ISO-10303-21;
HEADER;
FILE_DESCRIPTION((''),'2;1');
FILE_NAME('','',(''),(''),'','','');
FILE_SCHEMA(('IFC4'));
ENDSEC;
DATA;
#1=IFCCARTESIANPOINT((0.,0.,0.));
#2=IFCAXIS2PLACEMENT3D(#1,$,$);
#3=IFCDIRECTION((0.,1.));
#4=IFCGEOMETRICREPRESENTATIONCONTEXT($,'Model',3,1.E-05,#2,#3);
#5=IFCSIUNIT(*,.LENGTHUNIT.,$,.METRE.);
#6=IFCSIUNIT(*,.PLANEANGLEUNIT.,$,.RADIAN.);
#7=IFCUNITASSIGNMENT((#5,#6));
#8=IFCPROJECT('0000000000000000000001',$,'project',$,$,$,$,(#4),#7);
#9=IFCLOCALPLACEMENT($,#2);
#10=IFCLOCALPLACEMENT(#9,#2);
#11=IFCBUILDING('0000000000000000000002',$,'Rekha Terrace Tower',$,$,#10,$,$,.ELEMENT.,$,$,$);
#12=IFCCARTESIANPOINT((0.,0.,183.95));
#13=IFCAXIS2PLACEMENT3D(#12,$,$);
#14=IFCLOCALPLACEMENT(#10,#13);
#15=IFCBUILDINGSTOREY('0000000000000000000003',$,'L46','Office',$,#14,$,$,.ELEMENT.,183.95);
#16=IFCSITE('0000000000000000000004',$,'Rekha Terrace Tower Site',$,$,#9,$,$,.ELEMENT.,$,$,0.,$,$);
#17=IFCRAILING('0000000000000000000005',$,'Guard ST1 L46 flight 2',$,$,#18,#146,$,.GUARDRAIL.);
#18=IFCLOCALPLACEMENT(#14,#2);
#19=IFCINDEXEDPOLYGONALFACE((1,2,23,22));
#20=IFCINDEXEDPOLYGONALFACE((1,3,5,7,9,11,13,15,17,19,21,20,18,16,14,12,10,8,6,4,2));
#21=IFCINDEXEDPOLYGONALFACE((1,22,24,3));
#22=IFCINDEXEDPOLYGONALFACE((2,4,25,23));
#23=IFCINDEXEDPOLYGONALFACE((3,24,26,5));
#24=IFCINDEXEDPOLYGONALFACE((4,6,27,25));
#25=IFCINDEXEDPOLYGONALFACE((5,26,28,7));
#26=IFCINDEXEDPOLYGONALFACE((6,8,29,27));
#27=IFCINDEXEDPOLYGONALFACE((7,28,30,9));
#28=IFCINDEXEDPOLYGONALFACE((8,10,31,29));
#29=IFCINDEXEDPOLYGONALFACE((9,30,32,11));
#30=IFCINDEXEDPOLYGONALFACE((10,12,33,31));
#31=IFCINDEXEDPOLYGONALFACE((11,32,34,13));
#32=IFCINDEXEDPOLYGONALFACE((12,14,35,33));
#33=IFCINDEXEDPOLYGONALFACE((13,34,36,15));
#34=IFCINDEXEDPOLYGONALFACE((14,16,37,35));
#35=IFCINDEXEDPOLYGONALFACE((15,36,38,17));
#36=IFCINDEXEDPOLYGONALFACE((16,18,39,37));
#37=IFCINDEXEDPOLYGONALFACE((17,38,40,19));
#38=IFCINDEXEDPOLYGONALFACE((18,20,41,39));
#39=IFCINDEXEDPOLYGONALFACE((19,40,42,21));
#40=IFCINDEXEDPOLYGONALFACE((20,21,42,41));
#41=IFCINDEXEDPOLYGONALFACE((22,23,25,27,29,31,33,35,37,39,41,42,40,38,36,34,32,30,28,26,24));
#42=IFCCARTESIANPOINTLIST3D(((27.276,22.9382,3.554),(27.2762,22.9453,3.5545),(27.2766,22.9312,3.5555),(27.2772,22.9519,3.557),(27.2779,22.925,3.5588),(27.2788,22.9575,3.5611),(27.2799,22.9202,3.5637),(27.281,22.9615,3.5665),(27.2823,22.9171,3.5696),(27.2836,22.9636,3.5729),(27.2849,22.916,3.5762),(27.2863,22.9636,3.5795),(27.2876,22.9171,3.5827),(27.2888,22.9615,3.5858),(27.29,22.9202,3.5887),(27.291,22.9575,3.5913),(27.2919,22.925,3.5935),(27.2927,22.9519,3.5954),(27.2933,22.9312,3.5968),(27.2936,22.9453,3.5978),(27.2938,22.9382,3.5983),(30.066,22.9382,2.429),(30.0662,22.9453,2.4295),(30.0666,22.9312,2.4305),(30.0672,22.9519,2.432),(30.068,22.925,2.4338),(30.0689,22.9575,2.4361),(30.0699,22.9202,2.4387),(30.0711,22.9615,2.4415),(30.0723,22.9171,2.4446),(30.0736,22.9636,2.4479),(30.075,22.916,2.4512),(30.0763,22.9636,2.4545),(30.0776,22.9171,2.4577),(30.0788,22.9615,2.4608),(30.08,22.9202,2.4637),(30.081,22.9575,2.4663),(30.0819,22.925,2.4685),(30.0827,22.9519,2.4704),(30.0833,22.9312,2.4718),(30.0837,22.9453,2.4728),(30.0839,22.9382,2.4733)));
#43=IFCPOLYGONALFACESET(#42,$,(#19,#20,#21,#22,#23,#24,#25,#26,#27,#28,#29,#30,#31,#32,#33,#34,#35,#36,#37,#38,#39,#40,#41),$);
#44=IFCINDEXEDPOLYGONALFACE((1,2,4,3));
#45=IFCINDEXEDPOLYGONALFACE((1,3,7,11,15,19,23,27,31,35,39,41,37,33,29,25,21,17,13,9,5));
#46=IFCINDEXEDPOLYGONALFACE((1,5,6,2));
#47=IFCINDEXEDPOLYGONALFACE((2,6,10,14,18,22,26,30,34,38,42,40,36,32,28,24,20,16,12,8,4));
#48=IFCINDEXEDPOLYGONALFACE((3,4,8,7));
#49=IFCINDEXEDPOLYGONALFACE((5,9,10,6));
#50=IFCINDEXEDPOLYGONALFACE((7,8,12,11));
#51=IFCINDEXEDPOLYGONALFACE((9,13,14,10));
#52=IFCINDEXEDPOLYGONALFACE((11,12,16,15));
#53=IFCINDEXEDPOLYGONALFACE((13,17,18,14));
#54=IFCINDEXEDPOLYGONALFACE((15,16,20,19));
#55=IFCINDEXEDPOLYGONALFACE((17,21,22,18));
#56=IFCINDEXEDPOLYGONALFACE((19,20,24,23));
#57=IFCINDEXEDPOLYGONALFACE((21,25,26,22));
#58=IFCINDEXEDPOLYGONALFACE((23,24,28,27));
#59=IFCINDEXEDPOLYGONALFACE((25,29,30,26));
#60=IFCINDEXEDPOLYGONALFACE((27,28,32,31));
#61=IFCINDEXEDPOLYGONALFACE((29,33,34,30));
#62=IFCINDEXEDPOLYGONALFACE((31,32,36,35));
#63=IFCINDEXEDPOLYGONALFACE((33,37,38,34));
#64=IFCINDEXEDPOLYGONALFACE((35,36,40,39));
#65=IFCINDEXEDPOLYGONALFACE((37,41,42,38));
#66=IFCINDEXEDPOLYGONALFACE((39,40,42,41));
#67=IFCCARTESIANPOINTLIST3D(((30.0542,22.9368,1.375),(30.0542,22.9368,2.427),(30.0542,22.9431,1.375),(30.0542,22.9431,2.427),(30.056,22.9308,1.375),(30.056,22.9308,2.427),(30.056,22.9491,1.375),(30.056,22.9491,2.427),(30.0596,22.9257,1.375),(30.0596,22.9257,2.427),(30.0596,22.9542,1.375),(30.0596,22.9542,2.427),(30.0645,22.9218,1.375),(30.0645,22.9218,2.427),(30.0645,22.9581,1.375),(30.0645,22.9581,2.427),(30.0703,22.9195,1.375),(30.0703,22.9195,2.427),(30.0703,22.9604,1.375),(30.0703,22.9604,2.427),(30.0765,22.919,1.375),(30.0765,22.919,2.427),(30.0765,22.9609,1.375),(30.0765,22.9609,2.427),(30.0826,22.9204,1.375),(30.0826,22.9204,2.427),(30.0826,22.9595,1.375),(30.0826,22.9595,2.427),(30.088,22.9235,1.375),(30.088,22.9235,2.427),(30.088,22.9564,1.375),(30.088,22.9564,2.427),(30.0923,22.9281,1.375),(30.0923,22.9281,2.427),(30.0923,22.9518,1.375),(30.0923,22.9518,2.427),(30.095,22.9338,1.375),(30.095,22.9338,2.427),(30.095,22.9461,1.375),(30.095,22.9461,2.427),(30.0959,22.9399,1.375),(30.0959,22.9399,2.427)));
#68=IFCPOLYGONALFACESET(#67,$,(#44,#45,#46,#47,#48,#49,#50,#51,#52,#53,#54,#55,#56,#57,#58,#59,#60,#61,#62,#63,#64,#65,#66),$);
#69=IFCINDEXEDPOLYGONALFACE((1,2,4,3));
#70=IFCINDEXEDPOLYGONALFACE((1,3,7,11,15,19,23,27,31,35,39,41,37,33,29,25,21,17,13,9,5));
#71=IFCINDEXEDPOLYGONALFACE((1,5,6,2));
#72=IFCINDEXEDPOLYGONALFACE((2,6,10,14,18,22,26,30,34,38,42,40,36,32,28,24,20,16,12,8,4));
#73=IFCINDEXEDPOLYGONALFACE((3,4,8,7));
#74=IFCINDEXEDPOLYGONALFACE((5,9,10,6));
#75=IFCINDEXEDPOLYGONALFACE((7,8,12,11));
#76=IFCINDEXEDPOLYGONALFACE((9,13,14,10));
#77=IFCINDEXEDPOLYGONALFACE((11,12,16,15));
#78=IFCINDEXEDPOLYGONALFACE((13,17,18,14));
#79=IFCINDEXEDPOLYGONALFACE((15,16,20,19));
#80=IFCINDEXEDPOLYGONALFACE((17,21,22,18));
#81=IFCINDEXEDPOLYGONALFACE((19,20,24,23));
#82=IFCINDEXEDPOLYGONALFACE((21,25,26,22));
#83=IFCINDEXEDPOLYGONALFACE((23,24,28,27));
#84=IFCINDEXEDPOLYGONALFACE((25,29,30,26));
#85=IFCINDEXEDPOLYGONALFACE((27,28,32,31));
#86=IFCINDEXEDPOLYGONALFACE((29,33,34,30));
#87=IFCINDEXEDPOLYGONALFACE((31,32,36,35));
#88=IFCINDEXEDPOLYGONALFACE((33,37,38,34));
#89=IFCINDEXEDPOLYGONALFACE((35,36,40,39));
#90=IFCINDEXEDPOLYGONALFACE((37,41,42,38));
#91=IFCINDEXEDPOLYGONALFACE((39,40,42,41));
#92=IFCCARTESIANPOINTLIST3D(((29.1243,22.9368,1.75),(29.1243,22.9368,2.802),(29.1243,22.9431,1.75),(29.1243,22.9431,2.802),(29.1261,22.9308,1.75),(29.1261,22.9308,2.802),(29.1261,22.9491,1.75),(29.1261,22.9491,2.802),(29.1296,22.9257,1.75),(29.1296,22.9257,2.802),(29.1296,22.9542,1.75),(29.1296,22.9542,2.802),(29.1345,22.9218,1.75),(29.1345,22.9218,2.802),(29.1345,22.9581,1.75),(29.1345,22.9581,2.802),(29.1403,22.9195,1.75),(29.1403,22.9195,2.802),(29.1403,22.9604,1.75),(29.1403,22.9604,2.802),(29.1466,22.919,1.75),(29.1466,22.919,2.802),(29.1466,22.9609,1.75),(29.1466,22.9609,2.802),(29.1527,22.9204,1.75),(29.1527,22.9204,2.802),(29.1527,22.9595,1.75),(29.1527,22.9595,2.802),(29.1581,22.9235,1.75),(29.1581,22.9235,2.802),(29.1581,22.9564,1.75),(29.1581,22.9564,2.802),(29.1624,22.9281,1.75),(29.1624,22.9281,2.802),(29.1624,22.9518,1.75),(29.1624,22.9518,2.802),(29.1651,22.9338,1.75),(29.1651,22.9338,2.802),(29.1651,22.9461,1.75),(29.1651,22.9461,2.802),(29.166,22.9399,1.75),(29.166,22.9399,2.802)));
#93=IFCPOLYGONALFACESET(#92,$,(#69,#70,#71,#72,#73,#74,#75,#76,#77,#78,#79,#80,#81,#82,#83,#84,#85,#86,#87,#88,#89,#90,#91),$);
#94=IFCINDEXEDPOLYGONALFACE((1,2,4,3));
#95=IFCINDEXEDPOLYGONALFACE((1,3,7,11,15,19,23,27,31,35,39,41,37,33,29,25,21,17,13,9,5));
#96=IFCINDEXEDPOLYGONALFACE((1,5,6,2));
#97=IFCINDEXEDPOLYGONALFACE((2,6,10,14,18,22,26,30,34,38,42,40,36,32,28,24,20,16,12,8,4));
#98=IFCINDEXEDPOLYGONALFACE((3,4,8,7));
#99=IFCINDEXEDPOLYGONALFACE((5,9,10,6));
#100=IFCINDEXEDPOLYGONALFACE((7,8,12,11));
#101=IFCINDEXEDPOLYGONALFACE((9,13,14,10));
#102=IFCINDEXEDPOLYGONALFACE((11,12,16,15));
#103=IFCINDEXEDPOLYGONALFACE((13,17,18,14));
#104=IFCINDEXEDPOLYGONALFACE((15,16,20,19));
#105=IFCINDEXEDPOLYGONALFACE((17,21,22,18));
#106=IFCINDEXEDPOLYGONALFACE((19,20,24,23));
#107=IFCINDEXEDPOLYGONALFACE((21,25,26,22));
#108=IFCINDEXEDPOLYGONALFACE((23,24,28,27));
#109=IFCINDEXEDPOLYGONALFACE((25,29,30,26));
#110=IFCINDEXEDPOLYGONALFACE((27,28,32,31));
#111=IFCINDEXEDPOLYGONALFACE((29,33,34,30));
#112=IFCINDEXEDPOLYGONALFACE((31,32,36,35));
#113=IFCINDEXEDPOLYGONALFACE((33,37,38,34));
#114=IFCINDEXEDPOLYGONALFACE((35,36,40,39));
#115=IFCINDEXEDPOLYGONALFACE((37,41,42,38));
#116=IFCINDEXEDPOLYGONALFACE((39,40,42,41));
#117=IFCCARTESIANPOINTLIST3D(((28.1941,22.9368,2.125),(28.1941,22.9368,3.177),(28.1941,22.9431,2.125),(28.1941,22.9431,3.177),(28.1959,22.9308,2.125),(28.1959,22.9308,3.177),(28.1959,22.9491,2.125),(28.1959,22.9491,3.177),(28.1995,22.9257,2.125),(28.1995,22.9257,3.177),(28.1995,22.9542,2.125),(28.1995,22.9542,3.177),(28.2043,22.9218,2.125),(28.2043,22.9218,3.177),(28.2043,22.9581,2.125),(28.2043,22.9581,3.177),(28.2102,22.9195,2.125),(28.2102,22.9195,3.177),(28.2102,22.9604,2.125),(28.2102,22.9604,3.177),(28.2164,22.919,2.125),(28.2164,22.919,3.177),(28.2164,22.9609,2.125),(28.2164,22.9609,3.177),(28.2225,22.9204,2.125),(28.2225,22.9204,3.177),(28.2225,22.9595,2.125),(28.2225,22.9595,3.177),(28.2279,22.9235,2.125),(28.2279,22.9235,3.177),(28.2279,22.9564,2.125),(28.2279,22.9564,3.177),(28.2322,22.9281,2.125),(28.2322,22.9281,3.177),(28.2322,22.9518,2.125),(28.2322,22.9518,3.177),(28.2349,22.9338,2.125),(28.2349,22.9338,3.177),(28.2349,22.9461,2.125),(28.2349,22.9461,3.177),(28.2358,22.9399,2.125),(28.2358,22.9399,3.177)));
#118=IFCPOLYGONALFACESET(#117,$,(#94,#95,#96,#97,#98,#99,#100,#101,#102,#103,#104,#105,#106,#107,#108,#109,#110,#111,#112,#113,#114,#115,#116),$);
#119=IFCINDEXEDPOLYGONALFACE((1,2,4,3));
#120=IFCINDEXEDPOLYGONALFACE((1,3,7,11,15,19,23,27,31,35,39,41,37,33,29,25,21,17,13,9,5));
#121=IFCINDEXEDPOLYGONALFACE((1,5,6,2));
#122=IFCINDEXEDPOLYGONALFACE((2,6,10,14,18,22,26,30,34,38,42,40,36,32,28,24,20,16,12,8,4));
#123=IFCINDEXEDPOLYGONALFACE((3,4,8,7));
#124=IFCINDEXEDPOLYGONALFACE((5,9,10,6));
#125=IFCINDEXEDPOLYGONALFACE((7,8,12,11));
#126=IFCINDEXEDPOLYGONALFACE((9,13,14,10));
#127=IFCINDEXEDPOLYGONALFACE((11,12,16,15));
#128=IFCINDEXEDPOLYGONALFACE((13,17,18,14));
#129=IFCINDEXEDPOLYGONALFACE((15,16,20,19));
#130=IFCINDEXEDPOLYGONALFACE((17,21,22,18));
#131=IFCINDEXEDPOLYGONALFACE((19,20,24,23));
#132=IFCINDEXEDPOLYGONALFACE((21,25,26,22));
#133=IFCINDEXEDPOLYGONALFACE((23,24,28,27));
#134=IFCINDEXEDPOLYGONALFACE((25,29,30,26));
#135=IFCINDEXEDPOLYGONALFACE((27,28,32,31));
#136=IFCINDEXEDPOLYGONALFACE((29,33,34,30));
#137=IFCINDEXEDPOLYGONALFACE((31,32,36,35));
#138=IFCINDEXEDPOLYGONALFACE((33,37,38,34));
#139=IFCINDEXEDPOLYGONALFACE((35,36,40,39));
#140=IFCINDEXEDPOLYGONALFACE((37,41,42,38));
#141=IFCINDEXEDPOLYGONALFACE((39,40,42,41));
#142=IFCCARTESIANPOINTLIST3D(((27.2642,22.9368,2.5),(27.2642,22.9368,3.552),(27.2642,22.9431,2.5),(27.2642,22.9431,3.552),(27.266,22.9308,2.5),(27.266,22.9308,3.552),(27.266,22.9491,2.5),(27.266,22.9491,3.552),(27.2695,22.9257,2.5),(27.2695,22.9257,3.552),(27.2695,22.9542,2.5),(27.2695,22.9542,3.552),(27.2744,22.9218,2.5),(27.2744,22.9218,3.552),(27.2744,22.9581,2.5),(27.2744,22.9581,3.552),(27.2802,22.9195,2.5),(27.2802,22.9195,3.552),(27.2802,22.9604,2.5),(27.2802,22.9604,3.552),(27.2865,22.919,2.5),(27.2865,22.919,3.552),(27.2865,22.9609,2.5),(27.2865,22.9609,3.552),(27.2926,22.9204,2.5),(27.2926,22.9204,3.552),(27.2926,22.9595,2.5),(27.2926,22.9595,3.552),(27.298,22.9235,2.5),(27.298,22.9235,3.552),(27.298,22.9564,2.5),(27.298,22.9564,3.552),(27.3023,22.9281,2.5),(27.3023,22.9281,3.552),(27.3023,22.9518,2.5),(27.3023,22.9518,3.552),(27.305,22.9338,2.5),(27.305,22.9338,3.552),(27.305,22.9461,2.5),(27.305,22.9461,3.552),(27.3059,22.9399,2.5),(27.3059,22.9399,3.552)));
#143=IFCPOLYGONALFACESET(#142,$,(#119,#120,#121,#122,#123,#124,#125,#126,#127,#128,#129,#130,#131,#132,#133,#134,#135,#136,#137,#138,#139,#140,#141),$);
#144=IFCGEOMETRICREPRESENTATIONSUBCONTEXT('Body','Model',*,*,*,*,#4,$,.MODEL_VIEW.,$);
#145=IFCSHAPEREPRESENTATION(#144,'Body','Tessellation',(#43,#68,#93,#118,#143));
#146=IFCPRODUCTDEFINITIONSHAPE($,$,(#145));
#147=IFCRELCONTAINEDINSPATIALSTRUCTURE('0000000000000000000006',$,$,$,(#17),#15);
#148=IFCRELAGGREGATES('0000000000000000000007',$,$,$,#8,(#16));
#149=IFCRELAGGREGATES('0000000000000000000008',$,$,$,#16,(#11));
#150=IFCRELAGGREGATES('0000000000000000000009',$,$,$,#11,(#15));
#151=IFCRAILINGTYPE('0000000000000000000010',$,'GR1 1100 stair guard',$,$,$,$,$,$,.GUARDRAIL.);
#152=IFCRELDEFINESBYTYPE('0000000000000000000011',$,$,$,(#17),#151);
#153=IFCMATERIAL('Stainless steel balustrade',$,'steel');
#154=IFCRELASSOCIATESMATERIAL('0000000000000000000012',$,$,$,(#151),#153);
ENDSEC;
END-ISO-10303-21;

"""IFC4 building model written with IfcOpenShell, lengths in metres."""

from ifc_helpers import new_model, si_unit, direction, frame, origin, origin_2d, place, context, subcontext, project, spatial, circle, extrude, material, type_object, element, save


model = new_model("IFC4")

# Units and contexts
model_context = context("Model", 3, precision=1e-05, world=origin(), true_north=direction((0.0, 1.0)))
body_context = subcontext(model_context, "Body", "Model", "MODEL_VIEW")
ifc_project = project(units=[si_unit("LENGTHUNIT", "METRE"), si_unit("PLANEANGLEUNIT", "RADIAN")], contexts=[model_context])

# Site, building, storey
site_placement = place(None, origin())
site = spatial("IfcSite", under=ifc_project, at=site_placement, Name="Rekha Terrace Tower Site", CompositionType="ELEMENT", RefElevation=0.0)
building_placement = place(site_placement, origin())
building = spatial("IfcBuilding", under=site, at=building_placement, Name="Rekha Terrace Tower", CompositionType="ELEMENT")
storey_placement = place(building_placement, frame((0.0, 0.0, 183.95)))
storey = spatial("IfcBuildingStorey", under=building, at=storey_placement, Name="L46", Description="Office", CompositionType="ELEMENT", Elevation=183.95)

# Railing
ifc_material_1 = material(Name="Stainless steel balustrade", Category="steel")
railing_type_1 = type_object("IfcRailingType", Name="GR1 1100 stair guard", PredefinedType="GUARDRAIL", material=ifc_material_1)
railing_1_placement = place(storey_placement, frame((30.075, 22.9399, 1.375)))
element("IfcRailing", 1, at=railing_1_placement, inside=storey, type_object=railing_type_1, Name="Guard ST1 L46 flight 2", PredefinedType="GUARDRAIL", context=body_context, shape_type="SweptSolid", body=[
    extrude(circle(Radius=0.0239, at=origin_2d()), frame((0.0, 0.0, 1.0762), z_axis=(-0.927443, 0.0, 0.373964), x_axis=(0.0, -1.0, 0.0)), (0.0, 0.0, 1.0), 3.0083),
    extrude(circle(Radius=0.021, at=origin_2d()), origin(), (0.0, 0.0, 1.0), 1.052),
    extrude(circle(Radius=0.021, at=origin_2d()), frame((-0.9299, 0.0, 0.375)), (0.0, 0.0, 1.0), 1.052),
    extrude(circle(Radius=0.021, at=origin_2d()), frame((-1.8601, 0.0, 0.75)), (0.0, 0.0, 1.0), 1.052),
    extrude(circle(Radius=0.021, at=origin_2d()), frame((-2.79, 0.0, 1.125)), (0.0, 0.0, 1.0), 1.052),
])

save(model, "model.ifc")
